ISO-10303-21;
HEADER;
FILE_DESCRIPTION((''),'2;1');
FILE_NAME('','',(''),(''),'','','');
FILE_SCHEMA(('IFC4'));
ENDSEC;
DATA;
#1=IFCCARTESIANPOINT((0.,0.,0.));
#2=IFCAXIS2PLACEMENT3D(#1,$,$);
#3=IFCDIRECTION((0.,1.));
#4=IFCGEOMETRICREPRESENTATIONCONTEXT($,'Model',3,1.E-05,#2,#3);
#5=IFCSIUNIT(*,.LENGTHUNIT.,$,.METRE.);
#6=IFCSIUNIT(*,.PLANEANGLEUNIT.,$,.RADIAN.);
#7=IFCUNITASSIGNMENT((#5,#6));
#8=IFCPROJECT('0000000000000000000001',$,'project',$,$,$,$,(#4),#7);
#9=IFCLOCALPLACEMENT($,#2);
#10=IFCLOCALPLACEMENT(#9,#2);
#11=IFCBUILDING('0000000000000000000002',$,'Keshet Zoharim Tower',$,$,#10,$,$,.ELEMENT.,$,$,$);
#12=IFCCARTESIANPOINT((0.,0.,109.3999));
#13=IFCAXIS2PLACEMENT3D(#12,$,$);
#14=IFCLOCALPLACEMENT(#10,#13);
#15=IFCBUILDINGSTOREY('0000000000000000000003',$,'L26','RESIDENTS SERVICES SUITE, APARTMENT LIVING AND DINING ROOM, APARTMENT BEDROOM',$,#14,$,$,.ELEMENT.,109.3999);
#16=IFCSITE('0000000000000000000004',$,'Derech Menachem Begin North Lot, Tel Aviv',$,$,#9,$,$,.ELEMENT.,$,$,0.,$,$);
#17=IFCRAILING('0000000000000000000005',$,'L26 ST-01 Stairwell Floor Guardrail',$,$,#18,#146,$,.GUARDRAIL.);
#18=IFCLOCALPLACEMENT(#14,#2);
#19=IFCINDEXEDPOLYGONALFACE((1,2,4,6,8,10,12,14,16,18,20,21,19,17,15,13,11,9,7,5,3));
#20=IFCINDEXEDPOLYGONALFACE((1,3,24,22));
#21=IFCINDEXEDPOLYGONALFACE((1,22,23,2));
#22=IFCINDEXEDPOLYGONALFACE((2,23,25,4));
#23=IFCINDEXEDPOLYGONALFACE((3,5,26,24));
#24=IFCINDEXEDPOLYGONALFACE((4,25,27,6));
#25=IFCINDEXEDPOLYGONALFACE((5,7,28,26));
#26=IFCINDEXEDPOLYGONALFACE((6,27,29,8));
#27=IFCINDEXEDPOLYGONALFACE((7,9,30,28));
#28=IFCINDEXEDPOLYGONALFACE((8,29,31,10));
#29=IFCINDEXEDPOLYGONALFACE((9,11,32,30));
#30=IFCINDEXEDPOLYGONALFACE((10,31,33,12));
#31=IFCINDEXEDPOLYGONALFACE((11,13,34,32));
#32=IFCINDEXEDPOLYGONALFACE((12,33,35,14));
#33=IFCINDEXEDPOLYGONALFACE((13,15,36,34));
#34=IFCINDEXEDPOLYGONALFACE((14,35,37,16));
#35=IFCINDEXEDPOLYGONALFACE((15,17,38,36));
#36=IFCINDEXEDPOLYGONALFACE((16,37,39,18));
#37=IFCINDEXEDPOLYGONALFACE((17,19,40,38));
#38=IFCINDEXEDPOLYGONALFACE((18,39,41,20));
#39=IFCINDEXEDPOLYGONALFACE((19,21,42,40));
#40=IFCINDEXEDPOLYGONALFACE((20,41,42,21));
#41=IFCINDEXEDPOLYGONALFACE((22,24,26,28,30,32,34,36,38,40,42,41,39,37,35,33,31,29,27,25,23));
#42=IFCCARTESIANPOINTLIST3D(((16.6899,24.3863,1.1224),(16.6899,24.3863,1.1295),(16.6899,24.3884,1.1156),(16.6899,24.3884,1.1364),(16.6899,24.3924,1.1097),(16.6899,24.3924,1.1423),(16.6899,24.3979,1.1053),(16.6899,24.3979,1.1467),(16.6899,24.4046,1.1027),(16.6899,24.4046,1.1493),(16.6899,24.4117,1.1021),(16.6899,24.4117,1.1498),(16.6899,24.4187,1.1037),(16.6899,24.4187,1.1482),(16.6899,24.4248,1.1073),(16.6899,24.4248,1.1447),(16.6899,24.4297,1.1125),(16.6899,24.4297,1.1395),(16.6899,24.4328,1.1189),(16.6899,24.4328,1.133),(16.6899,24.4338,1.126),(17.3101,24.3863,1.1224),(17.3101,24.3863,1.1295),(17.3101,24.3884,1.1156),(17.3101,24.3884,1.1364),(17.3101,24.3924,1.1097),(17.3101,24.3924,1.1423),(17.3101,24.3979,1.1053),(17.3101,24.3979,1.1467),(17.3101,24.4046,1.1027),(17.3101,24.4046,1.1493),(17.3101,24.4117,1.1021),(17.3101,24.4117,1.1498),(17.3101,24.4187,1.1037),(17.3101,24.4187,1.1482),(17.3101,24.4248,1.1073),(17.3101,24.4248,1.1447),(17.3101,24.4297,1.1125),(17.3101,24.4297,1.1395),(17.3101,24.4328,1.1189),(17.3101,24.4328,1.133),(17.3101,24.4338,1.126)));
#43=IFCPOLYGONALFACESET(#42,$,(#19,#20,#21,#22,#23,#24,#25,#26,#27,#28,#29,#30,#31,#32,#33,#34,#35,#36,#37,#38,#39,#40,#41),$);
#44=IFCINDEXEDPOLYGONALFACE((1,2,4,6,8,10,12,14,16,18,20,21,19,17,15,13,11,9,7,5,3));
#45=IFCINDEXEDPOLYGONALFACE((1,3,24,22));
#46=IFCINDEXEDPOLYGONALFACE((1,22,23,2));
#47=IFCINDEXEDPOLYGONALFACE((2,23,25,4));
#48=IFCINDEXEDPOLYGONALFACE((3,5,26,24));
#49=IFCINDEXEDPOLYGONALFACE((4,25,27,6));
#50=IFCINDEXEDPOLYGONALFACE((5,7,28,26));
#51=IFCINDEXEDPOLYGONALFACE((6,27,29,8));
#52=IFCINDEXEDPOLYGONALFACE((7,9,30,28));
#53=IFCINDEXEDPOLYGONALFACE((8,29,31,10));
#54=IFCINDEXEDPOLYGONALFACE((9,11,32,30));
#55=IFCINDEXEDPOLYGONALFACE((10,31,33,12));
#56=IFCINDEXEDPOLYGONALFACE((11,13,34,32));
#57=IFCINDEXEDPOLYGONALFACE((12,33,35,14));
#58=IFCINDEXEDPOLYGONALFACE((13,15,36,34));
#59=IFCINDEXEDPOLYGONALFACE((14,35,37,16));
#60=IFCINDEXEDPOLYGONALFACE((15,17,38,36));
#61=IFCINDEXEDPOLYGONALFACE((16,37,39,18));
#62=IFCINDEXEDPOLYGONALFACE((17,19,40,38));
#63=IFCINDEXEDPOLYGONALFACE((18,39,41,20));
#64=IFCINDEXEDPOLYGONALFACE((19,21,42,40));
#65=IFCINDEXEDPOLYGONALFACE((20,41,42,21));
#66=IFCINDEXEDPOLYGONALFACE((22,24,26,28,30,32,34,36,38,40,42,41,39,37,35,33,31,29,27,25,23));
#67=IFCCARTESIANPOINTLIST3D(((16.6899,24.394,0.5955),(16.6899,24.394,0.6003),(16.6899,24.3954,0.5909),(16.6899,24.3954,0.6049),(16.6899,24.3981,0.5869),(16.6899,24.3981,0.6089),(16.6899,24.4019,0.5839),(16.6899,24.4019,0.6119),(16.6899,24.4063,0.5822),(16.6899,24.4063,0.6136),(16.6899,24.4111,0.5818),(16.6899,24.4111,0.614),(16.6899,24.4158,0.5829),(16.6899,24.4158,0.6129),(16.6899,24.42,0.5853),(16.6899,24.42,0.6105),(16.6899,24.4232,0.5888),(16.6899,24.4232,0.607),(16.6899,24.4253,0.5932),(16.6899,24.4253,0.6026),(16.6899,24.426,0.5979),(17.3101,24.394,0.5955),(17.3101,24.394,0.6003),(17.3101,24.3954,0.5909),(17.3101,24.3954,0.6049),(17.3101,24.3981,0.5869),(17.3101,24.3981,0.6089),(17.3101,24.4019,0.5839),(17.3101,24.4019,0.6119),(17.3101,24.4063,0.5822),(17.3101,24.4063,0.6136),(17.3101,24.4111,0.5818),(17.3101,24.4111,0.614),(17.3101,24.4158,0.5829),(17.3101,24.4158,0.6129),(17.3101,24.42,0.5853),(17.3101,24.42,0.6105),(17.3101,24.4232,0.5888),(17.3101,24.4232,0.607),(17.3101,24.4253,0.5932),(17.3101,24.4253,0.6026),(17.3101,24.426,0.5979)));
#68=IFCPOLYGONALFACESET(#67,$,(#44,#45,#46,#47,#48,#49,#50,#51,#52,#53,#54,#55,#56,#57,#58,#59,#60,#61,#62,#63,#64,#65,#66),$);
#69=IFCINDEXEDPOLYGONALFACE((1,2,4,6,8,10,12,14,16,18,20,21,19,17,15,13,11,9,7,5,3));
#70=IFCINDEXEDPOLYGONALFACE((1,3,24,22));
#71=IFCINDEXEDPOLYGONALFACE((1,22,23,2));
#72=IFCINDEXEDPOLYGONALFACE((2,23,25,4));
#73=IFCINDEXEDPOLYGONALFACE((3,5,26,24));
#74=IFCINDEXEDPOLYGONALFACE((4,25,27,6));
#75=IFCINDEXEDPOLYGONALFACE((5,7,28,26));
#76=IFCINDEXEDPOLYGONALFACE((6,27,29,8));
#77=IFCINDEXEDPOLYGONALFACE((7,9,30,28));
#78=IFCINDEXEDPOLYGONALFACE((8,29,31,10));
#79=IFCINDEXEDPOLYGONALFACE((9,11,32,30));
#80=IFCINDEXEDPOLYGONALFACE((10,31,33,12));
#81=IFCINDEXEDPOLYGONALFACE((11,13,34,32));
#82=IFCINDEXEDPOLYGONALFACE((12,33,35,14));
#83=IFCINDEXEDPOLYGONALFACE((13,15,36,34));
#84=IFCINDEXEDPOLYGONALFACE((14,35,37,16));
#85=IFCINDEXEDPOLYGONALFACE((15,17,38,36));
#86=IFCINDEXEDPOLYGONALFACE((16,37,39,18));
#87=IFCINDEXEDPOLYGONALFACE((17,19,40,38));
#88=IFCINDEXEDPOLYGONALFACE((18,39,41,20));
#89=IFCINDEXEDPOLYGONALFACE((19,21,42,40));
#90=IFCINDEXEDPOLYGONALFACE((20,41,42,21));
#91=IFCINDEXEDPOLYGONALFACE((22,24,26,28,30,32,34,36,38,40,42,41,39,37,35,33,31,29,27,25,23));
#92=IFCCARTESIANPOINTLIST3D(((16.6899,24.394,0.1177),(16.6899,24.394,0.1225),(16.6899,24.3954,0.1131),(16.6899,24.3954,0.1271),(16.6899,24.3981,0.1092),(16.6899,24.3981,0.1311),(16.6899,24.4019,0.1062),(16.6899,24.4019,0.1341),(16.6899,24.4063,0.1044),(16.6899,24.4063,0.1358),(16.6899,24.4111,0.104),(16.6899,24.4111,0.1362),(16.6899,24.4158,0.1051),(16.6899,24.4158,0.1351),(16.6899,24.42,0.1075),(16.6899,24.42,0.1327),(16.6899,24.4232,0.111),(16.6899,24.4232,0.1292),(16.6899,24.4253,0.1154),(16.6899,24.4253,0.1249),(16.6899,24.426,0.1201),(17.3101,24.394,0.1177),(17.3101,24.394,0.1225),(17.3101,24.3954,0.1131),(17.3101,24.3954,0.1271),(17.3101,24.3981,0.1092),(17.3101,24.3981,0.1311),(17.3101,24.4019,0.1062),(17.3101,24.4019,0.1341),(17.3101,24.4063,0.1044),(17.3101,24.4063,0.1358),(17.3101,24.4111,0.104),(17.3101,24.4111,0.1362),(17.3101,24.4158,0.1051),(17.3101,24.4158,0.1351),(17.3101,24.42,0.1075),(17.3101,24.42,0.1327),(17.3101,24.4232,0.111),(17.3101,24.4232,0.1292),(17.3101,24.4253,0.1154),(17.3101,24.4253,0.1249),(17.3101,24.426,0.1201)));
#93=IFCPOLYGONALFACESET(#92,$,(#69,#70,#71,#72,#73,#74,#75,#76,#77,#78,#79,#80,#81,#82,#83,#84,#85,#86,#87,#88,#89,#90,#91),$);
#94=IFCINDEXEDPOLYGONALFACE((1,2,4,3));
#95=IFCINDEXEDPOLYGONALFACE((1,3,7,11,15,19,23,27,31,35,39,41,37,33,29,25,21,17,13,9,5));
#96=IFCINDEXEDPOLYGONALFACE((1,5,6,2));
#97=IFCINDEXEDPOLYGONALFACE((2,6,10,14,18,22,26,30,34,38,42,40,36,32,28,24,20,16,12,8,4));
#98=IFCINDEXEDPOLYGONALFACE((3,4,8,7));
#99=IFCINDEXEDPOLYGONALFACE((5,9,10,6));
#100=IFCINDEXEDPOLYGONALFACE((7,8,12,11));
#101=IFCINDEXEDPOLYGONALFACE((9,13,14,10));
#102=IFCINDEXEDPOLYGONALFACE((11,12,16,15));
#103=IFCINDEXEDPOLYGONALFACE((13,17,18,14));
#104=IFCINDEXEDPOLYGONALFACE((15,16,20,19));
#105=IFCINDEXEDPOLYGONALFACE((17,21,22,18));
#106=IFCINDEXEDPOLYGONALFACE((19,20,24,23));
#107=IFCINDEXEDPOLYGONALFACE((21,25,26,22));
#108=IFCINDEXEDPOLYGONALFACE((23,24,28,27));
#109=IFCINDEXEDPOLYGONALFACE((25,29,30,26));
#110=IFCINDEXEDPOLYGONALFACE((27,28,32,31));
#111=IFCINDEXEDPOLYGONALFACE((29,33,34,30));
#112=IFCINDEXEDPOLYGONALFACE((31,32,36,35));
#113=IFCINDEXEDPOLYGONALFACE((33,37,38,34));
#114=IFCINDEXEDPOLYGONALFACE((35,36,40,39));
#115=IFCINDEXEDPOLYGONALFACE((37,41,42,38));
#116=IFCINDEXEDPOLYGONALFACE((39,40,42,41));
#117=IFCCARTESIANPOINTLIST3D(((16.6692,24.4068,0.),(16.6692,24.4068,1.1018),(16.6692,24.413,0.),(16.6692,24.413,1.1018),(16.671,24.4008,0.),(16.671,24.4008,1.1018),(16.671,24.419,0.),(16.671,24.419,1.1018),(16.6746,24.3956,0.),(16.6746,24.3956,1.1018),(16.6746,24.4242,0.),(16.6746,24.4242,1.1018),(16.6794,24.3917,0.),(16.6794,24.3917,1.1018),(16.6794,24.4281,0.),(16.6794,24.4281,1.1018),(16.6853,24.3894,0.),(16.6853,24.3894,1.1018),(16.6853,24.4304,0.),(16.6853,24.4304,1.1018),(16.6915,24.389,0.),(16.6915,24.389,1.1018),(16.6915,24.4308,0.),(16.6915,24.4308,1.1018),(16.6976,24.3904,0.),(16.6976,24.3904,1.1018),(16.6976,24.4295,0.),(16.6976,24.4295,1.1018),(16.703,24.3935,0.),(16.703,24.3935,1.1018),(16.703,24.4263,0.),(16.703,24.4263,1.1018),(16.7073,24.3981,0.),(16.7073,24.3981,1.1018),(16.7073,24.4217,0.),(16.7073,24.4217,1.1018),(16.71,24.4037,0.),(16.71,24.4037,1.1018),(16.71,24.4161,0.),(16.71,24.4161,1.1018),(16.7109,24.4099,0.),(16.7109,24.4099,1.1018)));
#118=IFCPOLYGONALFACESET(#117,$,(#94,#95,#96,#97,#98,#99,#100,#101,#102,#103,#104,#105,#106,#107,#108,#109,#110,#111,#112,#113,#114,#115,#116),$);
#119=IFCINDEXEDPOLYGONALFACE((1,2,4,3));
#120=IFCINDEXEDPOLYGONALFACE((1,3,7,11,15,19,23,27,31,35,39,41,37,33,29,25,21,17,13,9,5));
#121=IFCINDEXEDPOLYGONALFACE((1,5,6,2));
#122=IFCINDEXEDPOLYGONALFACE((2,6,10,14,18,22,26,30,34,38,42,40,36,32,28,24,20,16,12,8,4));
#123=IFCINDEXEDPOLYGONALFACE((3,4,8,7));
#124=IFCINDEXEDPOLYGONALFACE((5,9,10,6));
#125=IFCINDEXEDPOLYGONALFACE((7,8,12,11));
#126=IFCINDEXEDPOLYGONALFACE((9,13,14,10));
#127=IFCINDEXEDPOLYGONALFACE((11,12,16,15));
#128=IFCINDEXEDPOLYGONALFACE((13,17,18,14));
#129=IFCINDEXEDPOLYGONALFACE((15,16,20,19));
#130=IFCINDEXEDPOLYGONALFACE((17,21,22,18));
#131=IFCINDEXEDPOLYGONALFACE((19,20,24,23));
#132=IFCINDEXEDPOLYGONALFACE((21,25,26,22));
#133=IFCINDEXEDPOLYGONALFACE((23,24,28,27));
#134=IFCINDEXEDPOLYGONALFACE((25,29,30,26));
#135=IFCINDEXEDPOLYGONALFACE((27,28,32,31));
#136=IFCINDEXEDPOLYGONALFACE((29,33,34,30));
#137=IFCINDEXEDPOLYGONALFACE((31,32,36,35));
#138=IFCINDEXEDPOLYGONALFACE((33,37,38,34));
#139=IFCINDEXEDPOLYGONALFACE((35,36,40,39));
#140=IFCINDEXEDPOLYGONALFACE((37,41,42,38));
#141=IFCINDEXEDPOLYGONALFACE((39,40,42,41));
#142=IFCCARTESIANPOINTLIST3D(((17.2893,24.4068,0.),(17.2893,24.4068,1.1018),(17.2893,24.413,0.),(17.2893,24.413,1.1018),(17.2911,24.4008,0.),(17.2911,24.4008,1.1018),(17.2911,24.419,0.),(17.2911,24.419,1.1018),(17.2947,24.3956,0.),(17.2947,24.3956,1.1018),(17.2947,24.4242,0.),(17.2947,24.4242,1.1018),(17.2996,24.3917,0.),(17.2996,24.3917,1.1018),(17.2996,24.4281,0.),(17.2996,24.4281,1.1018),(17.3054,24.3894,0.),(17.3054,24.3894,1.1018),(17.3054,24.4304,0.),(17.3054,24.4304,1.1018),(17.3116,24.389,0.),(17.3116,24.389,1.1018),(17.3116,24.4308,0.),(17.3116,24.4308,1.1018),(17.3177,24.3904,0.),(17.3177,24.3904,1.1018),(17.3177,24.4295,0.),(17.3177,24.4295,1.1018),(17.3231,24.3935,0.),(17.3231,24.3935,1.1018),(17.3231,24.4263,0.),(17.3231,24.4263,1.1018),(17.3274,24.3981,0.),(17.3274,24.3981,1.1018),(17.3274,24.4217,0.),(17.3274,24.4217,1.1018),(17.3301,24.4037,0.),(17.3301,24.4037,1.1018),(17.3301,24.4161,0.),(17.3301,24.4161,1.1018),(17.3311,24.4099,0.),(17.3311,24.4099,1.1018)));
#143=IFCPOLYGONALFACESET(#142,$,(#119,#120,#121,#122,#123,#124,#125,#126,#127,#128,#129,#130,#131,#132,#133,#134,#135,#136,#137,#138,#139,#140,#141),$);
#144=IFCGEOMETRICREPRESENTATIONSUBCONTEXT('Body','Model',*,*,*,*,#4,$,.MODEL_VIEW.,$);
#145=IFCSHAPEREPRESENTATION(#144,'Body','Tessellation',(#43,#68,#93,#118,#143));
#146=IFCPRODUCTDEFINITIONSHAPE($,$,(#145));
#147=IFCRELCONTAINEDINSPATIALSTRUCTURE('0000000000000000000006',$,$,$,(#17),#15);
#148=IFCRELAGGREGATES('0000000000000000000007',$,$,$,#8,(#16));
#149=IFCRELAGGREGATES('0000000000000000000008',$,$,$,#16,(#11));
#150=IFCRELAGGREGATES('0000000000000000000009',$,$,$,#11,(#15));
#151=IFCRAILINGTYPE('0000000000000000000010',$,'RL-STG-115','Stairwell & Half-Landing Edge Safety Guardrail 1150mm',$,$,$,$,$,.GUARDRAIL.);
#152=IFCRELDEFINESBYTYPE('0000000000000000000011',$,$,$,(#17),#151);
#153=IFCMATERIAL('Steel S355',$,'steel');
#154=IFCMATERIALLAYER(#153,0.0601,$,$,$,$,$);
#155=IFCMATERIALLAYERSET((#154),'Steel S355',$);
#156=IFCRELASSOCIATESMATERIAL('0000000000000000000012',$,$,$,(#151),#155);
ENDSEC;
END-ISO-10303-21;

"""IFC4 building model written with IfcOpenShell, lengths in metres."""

from ifc_helpers import new_model, si_unit, direction, frame, origin, origin_2d, place, context, subcontext, project, spatial, circle, extrude, material, layer, layer_set, type_object, element, save


model = new_model("IFC4")

# Units and contexts
model_context = context("Model", 3, precision=1e-05, world=origin(), true_north=direction((0.0, 1.0)))
body_context = subcontext(model_context, "Body", "Model", "MODEL_VIEW")
ifc_project = project(units=[si_unit("LENGTHUNIT", "METRE"), si_unit("PLANEANGLEUNIT", "RADIAN")], contexts=[model_context])

# Site, building, storey
site_placement = place(None, origin())
site = spatial("IfcSite", under=ifc_project, at=site_placement, Name="Derech Menachem Begin North Lot, Tel Aviv", CompositionType="ELEMENT", RefElevation=0.0)
building_placement = place(site_placement, origin())
building = spatial("IfcBuilding", under=site, at=building_placement, Name="Keshet Zoharim Tower", CompositionType="ELEMENT")
storey_placement = place(building_placement, frame((0.0, 0.0, 109.3999)))
storey = spatial("IfcBuildingStorey", under=building, at=storey_placement, Name="L26", Description="RESIDENTS SERVICES SUITE, APARTMENT LIVING AND DINING ROOM, APARTMENT BEDROOM", CompositionType="ELEMENT", Elevation=109.3999)

# Railing
ifc_material_1 = material(Name="Steel S355", Category="steel")
ifc_layer_1 = layer(ifc_material_1, 0.0601)
ifc_layer_set_1 = layer_set([ifc_layer_1], Name="Steel S355")
railing_type_1 = type_object("IfcRailingType", Name="RL-STG-115", Description="Stairwell & Half-Landing Edge Safety Guardrail 1150mm", PredefinedType="GUARDRAIL", material=ifc_layer_set_1)
railing_1_placement = place(storey_placement, frame((16.6899, 24.4099, 0.0)))
element("IfcRailing", 1, at=railing_1_placement, inside=storey, type_object=railing_type_1, Name="L26 ST-01 Stairwell Floor Guardrail", PredefinedType="GUARDRAIL", context=body_context, shape_type="SweptSolid", body=[
    extrude(circle(Radius=0.0239, at=origin_2d()), frame((0.0, 0.0, 1.126), z_axis=(1.0, 0.0, 0.0), x_axis=(0.0, 1.0, 0.0)), (0.0, 0.0, 1.0), 0.6201),
    extrude(circle(Radius=0.0161, at=origin_2d()), frame((0.0, 0.0, 0.5979), z_axis=(1.0, 0.0, 0.0), x_axis=(0.0, 1.0, 0.0)), (0.0, 0.0, 1.0), 0.6201),
    extrude(circle(Radius=0.0161, at=origin_2d()), frame((0.0, 0.0, 0.1201), z_axis=(1.0, 0.0, 0.0), x_axis=(0.0, 1.0, 0.0)), (0.0, 0.0, 1.0), 0.6201),
    extrude(circle(Radius=0.021, at=origin_2d()), origin(), (0.0, 0.0, 1.0), 1.1018),
    extrude(circle(Radius=0.021, at=origin_2d()), frame((0.6201, 0.0, 0.0)), (0.0, 0.0, 1.0), 1.1018),
])

save(model, "model.ifc")
